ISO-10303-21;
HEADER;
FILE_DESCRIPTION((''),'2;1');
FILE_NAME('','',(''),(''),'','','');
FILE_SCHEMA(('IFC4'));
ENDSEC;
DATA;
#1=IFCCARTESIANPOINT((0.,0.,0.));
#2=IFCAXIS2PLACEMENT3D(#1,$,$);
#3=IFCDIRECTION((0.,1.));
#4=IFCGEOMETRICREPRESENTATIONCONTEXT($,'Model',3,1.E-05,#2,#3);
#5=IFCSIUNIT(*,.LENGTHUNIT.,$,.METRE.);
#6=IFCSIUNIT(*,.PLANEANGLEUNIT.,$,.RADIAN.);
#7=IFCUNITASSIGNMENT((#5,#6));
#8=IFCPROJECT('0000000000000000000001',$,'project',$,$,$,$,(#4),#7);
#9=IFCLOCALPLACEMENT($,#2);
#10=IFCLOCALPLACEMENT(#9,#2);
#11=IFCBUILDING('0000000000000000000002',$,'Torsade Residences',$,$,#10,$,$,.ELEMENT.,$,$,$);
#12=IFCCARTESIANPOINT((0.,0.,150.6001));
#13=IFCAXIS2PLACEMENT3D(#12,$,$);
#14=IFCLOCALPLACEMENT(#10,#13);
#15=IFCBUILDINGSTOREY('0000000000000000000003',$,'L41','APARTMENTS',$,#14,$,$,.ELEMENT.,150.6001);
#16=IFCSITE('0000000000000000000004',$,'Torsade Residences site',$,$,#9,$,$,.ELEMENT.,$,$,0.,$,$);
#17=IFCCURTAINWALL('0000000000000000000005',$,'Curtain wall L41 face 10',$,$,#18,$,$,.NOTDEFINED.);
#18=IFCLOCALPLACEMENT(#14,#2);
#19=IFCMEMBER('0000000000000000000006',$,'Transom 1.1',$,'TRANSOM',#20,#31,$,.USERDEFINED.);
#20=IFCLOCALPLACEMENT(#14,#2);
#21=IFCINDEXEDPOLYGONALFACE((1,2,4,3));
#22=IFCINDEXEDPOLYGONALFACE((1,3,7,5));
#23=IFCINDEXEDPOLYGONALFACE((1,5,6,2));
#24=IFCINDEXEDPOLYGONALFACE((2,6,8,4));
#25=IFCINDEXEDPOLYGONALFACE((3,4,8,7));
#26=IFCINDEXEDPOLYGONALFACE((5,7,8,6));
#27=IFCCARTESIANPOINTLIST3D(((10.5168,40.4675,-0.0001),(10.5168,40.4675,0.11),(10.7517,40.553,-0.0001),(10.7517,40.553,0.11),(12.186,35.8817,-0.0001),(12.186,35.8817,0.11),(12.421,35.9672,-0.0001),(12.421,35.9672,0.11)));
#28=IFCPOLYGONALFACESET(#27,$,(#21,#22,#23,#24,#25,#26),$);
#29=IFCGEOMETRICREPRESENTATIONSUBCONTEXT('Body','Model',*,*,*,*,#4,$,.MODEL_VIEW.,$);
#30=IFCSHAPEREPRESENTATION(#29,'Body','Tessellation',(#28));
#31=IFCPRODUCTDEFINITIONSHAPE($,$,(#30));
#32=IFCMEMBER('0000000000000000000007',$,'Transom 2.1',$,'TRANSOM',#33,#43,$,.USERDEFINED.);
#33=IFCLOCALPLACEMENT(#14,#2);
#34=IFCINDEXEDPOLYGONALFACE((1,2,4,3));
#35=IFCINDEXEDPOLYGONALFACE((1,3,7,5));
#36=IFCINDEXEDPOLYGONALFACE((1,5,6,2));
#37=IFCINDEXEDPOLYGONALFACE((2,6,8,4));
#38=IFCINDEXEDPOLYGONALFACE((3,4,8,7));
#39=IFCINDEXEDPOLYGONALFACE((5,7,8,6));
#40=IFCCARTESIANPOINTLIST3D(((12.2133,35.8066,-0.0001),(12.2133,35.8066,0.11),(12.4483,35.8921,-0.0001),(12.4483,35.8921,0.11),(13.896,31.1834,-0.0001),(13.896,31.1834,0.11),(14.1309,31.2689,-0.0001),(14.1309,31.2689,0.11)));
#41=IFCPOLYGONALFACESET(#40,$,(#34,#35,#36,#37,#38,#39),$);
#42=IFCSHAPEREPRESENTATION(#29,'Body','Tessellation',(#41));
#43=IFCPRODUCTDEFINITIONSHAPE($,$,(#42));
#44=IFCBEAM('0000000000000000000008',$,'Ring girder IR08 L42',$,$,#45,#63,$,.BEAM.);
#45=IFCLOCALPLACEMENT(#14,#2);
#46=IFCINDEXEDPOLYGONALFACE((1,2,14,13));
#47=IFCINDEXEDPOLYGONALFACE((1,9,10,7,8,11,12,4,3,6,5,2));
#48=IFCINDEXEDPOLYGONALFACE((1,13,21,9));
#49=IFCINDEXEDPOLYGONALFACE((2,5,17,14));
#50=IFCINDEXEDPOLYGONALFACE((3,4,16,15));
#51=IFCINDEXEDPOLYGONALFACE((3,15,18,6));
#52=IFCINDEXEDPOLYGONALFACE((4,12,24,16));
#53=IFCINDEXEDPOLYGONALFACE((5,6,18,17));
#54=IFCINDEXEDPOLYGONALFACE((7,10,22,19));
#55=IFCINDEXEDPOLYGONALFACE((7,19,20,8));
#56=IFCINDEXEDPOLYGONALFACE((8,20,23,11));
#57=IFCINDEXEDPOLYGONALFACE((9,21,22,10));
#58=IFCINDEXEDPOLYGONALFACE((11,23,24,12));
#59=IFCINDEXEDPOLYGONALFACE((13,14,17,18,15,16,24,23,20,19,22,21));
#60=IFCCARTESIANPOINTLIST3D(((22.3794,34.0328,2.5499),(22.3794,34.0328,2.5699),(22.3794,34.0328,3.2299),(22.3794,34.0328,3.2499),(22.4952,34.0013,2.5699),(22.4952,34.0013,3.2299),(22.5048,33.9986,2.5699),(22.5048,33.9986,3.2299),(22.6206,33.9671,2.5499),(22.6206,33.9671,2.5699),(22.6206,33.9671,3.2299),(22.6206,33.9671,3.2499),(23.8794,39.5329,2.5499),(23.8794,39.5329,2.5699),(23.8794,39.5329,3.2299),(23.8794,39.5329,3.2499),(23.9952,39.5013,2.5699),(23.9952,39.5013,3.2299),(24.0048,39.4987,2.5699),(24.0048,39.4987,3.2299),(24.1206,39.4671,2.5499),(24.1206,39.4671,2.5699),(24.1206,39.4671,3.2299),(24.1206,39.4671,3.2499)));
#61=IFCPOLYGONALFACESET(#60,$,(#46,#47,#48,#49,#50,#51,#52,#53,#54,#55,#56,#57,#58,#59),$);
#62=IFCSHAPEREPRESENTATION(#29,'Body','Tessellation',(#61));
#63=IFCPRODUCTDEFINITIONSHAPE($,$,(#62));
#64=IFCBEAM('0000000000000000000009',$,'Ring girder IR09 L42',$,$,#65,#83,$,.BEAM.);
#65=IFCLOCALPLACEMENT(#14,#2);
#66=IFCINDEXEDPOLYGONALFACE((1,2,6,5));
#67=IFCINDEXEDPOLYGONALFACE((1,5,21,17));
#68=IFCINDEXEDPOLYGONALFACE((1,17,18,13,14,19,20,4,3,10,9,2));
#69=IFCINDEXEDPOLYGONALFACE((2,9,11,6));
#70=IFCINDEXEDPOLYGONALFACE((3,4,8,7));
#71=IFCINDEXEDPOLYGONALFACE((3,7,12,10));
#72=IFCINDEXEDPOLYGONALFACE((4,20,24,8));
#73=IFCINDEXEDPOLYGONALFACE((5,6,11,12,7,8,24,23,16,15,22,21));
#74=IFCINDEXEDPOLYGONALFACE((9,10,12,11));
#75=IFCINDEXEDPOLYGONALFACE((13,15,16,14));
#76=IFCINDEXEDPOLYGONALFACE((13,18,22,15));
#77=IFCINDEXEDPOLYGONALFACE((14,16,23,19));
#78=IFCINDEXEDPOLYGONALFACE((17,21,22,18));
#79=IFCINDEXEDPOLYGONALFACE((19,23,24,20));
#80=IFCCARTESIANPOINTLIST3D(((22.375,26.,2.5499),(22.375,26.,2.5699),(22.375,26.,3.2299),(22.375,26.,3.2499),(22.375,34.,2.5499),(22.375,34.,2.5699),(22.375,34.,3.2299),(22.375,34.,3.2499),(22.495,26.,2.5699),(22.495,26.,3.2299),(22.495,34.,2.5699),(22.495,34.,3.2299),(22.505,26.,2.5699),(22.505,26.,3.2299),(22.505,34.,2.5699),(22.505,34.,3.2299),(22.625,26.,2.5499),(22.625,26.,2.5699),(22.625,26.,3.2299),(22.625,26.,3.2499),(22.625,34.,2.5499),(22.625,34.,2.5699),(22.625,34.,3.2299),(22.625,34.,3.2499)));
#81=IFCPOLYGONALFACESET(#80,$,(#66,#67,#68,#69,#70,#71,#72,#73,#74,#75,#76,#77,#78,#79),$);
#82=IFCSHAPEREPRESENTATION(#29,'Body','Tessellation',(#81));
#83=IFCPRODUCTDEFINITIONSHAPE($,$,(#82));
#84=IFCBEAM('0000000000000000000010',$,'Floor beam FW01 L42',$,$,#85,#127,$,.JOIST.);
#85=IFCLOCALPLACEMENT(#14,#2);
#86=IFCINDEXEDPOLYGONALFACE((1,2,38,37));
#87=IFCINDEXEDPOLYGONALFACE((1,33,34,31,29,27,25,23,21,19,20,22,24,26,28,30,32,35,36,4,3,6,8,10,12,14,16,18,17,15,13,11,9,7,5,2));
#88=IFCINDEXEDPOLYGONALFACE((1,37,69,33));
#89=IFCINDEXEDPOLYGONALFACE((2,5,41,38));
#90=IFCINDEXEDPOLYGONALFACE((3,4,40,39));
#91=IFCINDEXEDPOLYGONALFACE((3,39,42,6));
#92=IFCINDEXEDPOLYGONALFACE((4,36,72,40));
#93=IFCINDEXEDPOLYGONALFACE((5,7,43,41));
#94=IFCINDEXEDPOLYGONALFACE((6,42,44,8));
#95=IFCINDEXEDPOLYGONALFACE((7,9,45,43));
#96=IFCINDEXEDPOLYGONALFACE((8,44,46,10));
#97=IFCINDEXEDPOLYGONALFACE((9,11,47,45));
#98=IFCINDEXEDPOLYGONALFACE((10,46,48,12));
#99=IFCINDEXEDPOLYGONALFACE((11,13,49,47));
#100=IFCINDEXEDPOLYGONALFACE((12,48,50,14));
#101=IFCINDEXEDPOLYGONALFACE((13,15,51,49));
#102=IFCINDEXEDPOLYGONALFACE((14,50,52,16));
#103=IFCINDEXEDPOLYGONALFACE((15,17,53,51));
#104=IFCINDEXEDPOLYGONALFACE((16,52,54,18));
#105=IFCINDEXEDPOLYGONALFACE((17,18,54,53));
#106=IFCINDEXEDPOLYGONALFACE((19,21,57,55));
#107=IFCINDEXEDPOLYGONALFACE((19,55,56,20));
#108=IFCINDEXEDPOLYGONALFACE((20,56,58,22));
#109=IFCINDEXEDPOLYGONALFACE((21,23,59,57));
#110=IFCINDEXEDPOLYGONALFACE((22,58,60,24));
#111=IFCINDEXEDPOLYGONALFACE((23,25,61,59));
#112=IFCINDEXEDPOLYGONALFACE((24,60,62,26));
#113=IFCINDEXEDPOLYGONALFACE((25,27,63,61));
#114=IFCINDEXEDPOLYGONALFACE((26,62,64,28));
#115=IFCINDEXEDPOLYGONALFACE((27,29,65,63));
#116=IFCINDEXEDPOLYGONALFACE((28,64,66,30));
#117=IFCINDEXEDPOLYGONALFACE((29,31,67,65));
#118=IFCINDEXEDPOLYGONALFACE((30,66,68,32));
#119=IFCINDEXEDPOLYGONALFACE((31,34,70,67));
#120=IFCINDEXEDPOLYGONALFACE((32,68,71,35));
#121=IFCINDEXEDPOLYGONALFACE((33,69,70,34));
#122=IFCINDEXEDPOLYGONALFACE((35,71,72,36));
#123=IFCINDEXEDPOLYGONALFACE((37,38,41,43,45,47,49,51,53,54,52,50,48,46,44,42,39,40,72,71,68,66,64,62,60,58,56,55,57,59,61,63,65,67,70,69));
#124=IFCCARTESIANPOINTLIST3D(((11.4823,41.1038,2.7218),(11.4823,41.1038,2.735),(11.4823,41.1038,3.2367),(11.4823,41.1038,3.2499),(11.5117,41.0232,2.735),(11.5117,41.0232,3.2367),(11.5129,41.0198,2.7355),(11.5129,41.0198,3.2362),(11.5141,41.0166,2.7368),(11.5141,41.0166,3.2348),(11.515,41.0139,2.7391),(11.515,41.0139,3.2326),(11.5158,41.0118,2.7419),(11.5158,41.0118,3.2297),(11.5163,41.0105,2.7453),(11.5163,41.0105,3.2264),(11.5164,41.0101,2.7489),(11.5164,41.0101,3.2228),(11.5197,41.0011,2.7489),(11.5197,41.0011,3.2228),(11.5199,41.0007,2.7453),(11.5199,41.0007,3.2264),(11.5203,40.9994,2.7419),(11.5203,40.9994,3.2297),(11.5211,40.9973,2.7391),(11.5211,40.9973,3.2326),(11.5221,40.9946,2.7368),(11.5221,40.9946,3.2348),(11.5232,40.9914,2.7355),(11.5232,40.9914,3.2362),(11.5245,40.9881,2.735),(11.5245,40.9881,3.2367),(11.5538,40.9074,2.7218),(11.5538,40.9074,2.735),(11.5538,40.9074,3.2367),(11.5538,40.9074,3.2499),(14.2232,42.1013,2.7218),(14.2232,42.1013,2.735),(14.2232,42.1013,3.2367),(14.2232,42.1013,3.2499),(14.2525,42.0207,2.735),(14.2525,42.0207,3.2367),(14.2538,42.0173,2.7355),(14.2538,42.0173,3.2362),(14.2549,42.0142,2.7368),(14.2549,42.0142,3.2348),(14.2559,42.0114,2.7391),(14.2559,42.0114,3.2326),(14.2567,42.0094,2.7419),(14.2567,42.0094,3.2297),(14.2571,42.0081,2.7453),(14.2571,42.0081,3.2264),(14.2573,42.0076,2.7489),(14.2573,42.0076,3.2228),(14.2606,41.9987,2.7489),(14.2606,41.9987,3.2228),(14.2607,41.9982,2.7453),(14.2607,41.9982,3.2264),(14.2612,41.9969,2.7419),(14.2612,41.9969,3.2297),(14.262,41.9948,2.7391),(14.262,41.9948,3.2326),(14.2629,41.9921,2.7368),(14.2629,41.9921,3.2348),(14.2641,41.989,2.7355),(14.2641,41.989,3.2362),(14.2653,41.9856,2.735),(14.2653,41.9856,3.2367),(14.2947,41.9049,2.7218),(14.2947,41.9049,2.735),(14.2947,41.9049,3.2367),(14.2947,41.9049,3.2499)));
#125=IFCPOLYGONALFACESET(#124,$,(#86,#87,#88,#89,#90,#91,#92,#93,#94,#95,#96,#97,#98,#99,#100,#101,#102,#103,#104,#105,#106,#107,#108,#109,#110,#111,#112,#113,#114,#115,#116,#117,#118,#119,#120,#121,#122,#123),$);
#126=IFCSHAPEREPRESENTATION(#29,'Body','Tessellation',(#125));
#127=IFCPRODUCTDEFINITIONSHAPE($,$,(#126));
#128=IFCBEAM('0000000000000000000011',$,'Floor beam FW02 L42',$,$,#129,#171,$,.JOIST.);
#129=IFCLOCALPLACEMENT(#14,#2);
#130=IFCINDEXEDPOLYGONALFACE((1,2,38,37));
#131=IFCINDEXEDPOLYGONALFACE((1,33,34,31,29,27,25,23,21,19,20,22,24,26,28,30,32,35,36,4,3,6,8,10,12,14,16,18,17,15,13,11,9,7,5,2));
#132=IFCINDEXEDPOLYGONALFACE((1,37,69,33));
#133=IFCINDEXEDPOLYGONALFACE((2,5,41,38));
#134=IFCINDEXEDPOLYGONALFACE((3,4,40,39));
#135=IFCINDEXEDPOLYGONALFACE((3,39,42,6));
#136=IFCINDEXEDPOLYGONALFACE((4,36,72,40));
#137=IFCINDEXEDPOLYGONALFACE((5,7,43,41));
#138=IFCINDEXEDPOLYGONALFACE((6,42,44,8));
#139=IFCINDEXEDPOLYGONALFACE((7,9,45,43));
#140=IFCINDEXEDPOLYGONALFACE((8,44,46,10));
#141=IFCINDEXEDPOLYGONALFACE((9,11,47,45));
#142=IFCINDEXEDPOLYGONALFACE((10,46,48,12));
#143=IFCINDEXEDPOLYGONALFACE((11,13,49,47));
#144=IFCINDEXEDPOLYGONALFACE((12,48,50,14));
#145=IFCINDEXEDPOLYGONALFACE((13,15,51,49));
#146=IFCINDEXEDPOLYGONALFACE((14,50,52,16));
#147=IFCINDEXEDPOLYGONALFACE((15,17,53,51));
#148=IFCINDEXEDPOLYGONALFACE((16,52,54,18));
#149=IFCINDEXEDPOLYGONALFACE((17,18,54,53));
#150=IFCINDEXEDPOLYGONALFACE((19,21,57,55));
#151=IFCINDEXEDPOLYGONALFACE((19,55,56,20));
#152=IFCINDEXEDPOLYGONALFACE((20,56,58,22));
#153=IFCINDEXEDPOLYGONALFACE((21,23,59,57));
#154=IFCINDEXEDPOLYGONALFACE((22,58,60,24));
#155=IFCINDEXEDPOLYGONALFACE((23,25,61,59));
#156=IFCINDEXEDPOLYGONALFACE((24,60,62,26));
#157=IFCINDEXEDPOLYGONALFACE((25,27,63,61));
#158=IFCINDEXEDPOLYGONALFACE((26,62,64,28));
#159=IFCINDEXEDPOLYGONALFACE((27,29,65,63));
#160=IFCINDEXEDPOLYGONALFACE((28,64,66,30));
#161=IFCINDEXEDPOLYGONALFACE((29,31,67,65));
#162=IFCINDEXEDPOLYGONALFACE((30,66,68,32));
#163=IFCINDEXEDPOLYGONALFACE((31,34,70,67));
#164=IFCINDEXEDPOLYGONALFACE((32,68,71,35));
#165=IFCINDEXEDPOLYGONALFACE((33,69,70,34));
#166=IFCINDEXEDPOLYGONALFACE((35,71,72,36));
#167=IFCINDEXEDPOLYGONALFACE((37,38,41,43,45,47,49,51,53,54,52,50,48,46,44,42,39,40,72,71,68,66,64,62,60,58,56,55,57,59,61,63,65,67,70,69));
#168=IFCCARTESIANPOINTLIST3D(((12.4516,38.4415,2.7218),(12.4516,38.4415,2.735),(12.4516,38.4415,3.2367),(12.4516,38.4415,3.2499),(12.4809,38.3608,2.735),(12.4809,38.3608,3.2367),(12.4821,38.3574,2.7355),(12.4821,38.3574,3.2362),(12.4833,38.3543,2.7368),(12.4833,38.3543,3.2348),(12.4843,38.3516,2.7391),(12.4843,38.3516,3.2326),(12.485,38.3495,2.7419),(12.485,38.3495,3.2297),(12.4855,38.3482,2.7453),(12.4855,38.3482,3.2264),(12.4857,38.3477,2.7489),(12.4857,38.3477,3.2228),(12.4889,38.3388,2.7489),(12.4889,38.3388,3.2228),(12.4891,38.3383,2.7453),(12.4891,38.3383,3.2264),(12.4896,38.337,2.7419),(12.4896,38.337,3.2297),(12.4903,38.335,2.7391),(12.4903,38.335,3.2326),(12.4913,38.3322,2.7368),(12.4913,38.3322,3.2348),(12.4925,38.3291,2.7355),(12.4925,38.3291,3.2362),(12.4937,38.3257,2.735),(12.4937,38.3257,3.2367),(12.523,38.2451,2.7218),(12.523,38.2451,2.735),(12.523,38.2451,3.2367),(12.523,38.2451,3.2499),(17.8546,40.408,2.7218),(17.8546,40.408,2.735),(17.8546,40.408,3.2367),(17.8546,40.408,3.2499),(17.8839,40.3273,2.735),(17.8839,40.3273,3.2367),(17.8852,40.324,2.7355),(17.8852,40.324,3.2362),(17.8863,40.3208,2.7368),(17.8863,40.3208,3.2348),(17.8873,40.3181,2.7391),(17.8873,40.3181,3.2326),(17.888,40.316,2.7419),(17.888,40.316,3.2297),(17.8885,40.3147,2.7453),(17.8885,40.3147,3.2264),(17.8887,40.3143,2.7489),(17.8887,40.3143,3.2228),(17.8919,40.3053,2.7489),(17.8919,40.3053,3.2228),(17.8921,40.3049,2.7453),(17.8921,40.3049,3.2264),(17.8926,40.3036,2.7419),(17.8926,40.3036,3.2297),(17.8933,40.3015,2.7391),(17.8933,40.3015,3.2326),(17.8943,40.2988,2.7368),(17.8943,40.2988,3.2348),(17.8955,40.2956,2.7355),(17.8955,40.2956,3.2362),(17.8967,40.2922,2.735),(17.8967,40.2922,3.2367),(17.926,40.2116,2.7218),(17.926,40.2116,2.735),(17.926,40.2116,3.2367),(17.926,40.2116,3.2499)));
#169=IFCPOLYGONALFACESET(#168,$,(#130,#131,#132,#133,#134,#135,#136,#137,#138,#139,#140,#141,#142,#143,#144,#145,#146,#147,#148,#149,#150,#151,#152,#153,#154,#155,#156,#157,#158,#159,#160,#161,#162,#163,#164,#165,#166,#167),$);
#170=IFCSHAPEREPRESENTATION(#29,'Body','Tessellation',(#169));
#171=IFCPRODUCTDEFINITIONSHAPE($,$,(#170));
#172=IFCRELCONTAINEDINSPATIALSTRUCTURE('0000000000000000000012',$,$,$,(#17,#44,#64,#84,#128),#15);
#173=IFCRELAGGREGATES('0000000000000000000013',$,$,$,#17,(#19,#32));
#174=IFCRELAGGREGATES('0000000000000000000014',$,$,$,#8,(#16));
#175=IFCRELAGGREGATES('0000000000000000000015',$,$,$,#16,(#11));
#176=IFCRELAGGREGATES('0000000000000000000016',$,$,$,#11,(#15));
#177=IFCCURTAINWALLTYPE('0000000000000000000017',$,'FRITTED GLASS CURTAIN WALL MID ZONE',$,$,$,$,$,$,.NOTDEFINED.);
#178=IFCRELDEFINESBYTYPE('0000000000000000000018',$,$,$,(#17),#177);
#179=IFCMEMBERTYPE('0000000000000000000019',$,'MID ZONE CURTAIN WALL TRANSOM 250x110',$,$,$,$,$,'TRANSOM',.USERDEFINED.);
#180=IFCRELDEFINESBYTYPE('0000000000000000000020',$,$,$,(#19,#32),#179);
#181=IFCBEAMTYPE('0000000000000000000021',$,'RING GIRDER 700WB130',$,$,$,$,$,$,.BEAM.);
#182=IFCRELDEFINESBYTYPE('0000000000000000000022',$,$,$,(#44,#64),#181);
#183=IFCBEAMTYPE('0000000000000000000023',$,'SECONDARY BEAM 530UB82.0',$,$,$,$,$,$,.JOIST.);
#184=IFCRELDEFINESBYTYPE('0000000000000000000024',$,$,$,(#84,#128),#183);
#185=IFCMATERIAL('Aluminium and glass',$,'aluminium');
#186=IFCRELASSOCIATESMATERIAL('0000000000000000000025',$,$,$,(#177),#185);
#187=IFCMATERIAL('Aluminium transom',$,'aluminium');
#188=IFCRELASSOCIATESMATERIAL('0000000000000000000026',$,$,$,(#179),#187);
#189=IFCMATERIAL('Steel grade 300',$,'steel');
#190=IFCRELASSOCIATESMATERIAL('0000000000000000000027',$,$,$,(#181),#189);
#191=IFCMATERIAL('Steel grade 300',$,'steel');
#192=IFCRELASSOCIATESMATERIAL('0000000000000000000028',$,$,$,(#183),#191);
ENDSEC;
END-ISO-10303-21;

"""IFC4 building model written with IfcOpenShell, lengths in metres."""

from ifc_helpers import new_model, si_unit, direction, frame, origin, origin_2d, place, context, subcontext, project, spatial, rectangle, i_section, extrude, material, material_profile, profile_set, type_object, element, aggregate, save


model = new_model("IFC4")

# Units and contexts
model_context = context("Model", 3, precision=1e-05, world=origin(), true_north=direction((0.0, 1.0)))
body_context = subcontext(model_context, "Body", "Model", "MODEL_VIEW")
ifc_project = project(units=[si_unit("LENGTHUNIT", "METRE"), si_unit("PLANEANGLEUNIT", "RADIAN")], contexts=[model_context])

# Site, building, storey
site_placement = place(None, origin())
site = spatial("IfcSite", under=ifc_project, at=site_placement, Name="Torsade Residences site", CompositionType="ELEMENT", RefElevation=0.0)
building_placement = place(site_placement, origin())
building = spatial("IfcBuilding", under=site, at=building_placement, Name="Torsade Residences", CompositionType="ELEMENT")
storey_placement = place(building_placement, frame((0.0, 0.0, 150.6001)))
storey = spatial("IfcBuildingStorey", under=building, at=storey_placement, Name="L41", Description="APARTMENTS", CompositionType="ELEMENT", Elevation=150.6001)

# Curtain wall, members
ifc_material_1 = material(Name="Aluminium and glass", Category="aluminium")
curtain_wall_type = type_object("IfcCurtainWallType", Name="FRITTED GLASS CURTAIN WALL MID ZONE", PredefinedType="NOTDEFINED", material=ifc_material_1)
curtain_wall_placement = place(storey_placement, origin())
curtain_wall = element("IfcCurtainWall", 1, at=curtain_wall_placement, inside=storey, type_object=curtain_wall_type, Name="Curtain wall L41 face 10", PredefinedType="NOTDEFINED")
ifc_material_2 = material(Name="Aluminium transom", Category="aluminium")
ifc_material_profile_1 = material_profile(ifc_material_2, rectangle(XDim=0.25, YDim=0.1101, at=origin_2d()), Name="MID ZONE CURTAIN WALL TRANSOM 250x110")
ifc_profile_set_1 = profile_set([ifc_material_profile_1], Name="Aluminium transom")
member_type_1 = type_object("IfcMemberType", Name="MID ZONE CURTAIN WALL TRANSOM 250x110", ElementType="TRANSOM", PredefinedType="USERDEFINED", material=ifc_profile_set_1)
member_1_placement = place(storey_placement, frame((10.6343, 40.5103, 0.0549), z_axis=(0.342044, -0.939684, 0.0), x_axis=(0.939684, 0.342044, 0.0)))
member_1 = element("IfcMember", 2, at=member_1_placement, type_object=member_type_1, Name="Transom 1.1", ObjectType="TRANSOM", PredefinedType="USERDEFINED", context=body_context, shape_type="SweptSolid", body=[
    extrude(rectangle(XDim=0.25, YDim=0.1101, at=origin_2d()), origin(), (0.0, 0.0, 1.0), 4.8801),
])
member_2_placement = place(storey_placement, frame((12.3308, 35.8494, 0.0549), z_axis=(0.341998, -0.939701, 0.0), x_axis=(0.939701, 0.341998, 0.0)))
member_2 = element("IfcMember", 3, at=member_2_placement, type_object=member_type_1, Name="Transom 2.1", ObjectType="TRANSOM", PredefinedType="USERDEFINED", context=body_context, shape_type="SweptSolid", body=[
    extrude(rectangle(XDim=0.25, YDim=0.1101, at=origin_2d()), origin(), (0.0, 0.0, 1.0), 4.9199),
])

# Beams
ifc_material_3 = material(Name="Steel grade 300", Category="steel")
ifc_material_profile_2 = material_profile(ifc_material_3, i_section(OverallWidth=0.25, OverallDepth=0.7, WebThickness=0.01, FlangeThickness=0.02, at=origin_2d()), Name="700WB130")
ifc_profile_set_2 = profile_set([ifc_material_profile_2], Name="Steel grade 300")
beam_type_1 = type_object("IfcBeamType", Name="RING GIRDER 700WB130", PredefinedType="BEAM", material=ifc_profile_set_2)
beam_1_placement = place(storey_placement, frame((24.0, 39.5, 2.8999), z_axis=(-0.263117, -0.964764, 0.0), x_axis=(0.964764, -0.263117, 0.0)))
element("IfcBeam", 4, at=beam_1_placement, inside=storey, type_object=beam_type_1, Name="Ring girder IR08 L42", PredefinedType="BEAM", context=body_context, shape_type="SweptSolid", body=[
    extrude(i_section(OverallWidth=0.25, OverallDepth=0.7, WebThickness=0.01, FlangeThickness=0.02, at=origin_2d()), origin(), (0.0, 0.0, 1.0), 5.7009),
])
beam_2_placement = place(storey_placement, frame((22.5, 34.0, 2.8999), z_axis=(0.0, -1.0, 0.0), x_axis=(1.0, 0.0, 0.0)))
element("IfcBeam", 5, at=beam_2_placement, inside=storey, type_object=beam_type_1, Name="Ring girder IR09 L42", PredefinedType="BEAM", context=body_context, shape_type="SweptSolid", body=[
    extrude(i_section(OverallWidth=0.25, OverallDepth=0.7, WebThickness=0.01, FlangeThickness=0.02, at=origin_2d()), origin(), (0.0, 0.0, 1.0), 8.0),
])
ifc_material_4 = material(Name="Steel grade 300", Category="steel")
ifc_material_profile_3 = material_profile(ifc_material_4, i_section(OverallWidth=0.209, OverallDepth=0.5281, WebThickness=0.0095, FlangeThickness=0.0132, FilletRadius=0.0139, at=origin_2d()), Name="530UB82.0")
ifc_profile_set_3 = profile_set([ifc_material_profile_3], Name="Steel grade 300")
beam_type_2 = type_object("IfcBeamType", Name="SECONDARY BEAM 530UB82.0", PredefinedType="JOIST", material=ifc_profile_set_3)
beam_3_placement = place(storey_placement, frame((11.5181, 41.0056, 2.9858), z_axis=(0.939701, 0.341998, 0.0), x_axis=(-0.341998, 0.939701, 0.0)))
element("IfcBeam", 6, at=beam_3_placement, inside=storey, type_object=beam_type_2, Name="Floor beam FW01 L42", PredefinedType="JOIST", context=body_context, shape_type="SweptSolid", body=[
    extrude(i_section(OverallWidth=0.209, OverallDepth=0.5281, WebThickness=0.0095, FlangeThickness=0.0132, FilletRadius=0.0139, at=origin_2d()), origin(), (0.0, 0.0, 1.0), 2.9167),
])
beam_4_placement = place(storey_placement, frame((12.4873, 38.3433, 2.9858), z_axis=(0.939693, 0.342019, 0.0), x_axis=(-0.342019, 0.939693, 0.0)))
element("IfcBeam", 7, at=beam_4_placement, inside=storey, type_object=beam_type_2, Name="Floor beam FW02 L42", PredefinedType="JOIST", context=body_context, shape_type="SweptSolid", body=[
    extrude(i_section(OverallWidth=0.209, OverallDepth=0.5281, WebThickness=0.0095, FlangeThickness=0.0132, FilletRadius=0.0139, at=origin_2d()), origin(), (0.0, 0.0, 1.0), 5.7498),
])

aggregate(curtain_wall, [member_1, member_2])

save(model, "model.ifc")
